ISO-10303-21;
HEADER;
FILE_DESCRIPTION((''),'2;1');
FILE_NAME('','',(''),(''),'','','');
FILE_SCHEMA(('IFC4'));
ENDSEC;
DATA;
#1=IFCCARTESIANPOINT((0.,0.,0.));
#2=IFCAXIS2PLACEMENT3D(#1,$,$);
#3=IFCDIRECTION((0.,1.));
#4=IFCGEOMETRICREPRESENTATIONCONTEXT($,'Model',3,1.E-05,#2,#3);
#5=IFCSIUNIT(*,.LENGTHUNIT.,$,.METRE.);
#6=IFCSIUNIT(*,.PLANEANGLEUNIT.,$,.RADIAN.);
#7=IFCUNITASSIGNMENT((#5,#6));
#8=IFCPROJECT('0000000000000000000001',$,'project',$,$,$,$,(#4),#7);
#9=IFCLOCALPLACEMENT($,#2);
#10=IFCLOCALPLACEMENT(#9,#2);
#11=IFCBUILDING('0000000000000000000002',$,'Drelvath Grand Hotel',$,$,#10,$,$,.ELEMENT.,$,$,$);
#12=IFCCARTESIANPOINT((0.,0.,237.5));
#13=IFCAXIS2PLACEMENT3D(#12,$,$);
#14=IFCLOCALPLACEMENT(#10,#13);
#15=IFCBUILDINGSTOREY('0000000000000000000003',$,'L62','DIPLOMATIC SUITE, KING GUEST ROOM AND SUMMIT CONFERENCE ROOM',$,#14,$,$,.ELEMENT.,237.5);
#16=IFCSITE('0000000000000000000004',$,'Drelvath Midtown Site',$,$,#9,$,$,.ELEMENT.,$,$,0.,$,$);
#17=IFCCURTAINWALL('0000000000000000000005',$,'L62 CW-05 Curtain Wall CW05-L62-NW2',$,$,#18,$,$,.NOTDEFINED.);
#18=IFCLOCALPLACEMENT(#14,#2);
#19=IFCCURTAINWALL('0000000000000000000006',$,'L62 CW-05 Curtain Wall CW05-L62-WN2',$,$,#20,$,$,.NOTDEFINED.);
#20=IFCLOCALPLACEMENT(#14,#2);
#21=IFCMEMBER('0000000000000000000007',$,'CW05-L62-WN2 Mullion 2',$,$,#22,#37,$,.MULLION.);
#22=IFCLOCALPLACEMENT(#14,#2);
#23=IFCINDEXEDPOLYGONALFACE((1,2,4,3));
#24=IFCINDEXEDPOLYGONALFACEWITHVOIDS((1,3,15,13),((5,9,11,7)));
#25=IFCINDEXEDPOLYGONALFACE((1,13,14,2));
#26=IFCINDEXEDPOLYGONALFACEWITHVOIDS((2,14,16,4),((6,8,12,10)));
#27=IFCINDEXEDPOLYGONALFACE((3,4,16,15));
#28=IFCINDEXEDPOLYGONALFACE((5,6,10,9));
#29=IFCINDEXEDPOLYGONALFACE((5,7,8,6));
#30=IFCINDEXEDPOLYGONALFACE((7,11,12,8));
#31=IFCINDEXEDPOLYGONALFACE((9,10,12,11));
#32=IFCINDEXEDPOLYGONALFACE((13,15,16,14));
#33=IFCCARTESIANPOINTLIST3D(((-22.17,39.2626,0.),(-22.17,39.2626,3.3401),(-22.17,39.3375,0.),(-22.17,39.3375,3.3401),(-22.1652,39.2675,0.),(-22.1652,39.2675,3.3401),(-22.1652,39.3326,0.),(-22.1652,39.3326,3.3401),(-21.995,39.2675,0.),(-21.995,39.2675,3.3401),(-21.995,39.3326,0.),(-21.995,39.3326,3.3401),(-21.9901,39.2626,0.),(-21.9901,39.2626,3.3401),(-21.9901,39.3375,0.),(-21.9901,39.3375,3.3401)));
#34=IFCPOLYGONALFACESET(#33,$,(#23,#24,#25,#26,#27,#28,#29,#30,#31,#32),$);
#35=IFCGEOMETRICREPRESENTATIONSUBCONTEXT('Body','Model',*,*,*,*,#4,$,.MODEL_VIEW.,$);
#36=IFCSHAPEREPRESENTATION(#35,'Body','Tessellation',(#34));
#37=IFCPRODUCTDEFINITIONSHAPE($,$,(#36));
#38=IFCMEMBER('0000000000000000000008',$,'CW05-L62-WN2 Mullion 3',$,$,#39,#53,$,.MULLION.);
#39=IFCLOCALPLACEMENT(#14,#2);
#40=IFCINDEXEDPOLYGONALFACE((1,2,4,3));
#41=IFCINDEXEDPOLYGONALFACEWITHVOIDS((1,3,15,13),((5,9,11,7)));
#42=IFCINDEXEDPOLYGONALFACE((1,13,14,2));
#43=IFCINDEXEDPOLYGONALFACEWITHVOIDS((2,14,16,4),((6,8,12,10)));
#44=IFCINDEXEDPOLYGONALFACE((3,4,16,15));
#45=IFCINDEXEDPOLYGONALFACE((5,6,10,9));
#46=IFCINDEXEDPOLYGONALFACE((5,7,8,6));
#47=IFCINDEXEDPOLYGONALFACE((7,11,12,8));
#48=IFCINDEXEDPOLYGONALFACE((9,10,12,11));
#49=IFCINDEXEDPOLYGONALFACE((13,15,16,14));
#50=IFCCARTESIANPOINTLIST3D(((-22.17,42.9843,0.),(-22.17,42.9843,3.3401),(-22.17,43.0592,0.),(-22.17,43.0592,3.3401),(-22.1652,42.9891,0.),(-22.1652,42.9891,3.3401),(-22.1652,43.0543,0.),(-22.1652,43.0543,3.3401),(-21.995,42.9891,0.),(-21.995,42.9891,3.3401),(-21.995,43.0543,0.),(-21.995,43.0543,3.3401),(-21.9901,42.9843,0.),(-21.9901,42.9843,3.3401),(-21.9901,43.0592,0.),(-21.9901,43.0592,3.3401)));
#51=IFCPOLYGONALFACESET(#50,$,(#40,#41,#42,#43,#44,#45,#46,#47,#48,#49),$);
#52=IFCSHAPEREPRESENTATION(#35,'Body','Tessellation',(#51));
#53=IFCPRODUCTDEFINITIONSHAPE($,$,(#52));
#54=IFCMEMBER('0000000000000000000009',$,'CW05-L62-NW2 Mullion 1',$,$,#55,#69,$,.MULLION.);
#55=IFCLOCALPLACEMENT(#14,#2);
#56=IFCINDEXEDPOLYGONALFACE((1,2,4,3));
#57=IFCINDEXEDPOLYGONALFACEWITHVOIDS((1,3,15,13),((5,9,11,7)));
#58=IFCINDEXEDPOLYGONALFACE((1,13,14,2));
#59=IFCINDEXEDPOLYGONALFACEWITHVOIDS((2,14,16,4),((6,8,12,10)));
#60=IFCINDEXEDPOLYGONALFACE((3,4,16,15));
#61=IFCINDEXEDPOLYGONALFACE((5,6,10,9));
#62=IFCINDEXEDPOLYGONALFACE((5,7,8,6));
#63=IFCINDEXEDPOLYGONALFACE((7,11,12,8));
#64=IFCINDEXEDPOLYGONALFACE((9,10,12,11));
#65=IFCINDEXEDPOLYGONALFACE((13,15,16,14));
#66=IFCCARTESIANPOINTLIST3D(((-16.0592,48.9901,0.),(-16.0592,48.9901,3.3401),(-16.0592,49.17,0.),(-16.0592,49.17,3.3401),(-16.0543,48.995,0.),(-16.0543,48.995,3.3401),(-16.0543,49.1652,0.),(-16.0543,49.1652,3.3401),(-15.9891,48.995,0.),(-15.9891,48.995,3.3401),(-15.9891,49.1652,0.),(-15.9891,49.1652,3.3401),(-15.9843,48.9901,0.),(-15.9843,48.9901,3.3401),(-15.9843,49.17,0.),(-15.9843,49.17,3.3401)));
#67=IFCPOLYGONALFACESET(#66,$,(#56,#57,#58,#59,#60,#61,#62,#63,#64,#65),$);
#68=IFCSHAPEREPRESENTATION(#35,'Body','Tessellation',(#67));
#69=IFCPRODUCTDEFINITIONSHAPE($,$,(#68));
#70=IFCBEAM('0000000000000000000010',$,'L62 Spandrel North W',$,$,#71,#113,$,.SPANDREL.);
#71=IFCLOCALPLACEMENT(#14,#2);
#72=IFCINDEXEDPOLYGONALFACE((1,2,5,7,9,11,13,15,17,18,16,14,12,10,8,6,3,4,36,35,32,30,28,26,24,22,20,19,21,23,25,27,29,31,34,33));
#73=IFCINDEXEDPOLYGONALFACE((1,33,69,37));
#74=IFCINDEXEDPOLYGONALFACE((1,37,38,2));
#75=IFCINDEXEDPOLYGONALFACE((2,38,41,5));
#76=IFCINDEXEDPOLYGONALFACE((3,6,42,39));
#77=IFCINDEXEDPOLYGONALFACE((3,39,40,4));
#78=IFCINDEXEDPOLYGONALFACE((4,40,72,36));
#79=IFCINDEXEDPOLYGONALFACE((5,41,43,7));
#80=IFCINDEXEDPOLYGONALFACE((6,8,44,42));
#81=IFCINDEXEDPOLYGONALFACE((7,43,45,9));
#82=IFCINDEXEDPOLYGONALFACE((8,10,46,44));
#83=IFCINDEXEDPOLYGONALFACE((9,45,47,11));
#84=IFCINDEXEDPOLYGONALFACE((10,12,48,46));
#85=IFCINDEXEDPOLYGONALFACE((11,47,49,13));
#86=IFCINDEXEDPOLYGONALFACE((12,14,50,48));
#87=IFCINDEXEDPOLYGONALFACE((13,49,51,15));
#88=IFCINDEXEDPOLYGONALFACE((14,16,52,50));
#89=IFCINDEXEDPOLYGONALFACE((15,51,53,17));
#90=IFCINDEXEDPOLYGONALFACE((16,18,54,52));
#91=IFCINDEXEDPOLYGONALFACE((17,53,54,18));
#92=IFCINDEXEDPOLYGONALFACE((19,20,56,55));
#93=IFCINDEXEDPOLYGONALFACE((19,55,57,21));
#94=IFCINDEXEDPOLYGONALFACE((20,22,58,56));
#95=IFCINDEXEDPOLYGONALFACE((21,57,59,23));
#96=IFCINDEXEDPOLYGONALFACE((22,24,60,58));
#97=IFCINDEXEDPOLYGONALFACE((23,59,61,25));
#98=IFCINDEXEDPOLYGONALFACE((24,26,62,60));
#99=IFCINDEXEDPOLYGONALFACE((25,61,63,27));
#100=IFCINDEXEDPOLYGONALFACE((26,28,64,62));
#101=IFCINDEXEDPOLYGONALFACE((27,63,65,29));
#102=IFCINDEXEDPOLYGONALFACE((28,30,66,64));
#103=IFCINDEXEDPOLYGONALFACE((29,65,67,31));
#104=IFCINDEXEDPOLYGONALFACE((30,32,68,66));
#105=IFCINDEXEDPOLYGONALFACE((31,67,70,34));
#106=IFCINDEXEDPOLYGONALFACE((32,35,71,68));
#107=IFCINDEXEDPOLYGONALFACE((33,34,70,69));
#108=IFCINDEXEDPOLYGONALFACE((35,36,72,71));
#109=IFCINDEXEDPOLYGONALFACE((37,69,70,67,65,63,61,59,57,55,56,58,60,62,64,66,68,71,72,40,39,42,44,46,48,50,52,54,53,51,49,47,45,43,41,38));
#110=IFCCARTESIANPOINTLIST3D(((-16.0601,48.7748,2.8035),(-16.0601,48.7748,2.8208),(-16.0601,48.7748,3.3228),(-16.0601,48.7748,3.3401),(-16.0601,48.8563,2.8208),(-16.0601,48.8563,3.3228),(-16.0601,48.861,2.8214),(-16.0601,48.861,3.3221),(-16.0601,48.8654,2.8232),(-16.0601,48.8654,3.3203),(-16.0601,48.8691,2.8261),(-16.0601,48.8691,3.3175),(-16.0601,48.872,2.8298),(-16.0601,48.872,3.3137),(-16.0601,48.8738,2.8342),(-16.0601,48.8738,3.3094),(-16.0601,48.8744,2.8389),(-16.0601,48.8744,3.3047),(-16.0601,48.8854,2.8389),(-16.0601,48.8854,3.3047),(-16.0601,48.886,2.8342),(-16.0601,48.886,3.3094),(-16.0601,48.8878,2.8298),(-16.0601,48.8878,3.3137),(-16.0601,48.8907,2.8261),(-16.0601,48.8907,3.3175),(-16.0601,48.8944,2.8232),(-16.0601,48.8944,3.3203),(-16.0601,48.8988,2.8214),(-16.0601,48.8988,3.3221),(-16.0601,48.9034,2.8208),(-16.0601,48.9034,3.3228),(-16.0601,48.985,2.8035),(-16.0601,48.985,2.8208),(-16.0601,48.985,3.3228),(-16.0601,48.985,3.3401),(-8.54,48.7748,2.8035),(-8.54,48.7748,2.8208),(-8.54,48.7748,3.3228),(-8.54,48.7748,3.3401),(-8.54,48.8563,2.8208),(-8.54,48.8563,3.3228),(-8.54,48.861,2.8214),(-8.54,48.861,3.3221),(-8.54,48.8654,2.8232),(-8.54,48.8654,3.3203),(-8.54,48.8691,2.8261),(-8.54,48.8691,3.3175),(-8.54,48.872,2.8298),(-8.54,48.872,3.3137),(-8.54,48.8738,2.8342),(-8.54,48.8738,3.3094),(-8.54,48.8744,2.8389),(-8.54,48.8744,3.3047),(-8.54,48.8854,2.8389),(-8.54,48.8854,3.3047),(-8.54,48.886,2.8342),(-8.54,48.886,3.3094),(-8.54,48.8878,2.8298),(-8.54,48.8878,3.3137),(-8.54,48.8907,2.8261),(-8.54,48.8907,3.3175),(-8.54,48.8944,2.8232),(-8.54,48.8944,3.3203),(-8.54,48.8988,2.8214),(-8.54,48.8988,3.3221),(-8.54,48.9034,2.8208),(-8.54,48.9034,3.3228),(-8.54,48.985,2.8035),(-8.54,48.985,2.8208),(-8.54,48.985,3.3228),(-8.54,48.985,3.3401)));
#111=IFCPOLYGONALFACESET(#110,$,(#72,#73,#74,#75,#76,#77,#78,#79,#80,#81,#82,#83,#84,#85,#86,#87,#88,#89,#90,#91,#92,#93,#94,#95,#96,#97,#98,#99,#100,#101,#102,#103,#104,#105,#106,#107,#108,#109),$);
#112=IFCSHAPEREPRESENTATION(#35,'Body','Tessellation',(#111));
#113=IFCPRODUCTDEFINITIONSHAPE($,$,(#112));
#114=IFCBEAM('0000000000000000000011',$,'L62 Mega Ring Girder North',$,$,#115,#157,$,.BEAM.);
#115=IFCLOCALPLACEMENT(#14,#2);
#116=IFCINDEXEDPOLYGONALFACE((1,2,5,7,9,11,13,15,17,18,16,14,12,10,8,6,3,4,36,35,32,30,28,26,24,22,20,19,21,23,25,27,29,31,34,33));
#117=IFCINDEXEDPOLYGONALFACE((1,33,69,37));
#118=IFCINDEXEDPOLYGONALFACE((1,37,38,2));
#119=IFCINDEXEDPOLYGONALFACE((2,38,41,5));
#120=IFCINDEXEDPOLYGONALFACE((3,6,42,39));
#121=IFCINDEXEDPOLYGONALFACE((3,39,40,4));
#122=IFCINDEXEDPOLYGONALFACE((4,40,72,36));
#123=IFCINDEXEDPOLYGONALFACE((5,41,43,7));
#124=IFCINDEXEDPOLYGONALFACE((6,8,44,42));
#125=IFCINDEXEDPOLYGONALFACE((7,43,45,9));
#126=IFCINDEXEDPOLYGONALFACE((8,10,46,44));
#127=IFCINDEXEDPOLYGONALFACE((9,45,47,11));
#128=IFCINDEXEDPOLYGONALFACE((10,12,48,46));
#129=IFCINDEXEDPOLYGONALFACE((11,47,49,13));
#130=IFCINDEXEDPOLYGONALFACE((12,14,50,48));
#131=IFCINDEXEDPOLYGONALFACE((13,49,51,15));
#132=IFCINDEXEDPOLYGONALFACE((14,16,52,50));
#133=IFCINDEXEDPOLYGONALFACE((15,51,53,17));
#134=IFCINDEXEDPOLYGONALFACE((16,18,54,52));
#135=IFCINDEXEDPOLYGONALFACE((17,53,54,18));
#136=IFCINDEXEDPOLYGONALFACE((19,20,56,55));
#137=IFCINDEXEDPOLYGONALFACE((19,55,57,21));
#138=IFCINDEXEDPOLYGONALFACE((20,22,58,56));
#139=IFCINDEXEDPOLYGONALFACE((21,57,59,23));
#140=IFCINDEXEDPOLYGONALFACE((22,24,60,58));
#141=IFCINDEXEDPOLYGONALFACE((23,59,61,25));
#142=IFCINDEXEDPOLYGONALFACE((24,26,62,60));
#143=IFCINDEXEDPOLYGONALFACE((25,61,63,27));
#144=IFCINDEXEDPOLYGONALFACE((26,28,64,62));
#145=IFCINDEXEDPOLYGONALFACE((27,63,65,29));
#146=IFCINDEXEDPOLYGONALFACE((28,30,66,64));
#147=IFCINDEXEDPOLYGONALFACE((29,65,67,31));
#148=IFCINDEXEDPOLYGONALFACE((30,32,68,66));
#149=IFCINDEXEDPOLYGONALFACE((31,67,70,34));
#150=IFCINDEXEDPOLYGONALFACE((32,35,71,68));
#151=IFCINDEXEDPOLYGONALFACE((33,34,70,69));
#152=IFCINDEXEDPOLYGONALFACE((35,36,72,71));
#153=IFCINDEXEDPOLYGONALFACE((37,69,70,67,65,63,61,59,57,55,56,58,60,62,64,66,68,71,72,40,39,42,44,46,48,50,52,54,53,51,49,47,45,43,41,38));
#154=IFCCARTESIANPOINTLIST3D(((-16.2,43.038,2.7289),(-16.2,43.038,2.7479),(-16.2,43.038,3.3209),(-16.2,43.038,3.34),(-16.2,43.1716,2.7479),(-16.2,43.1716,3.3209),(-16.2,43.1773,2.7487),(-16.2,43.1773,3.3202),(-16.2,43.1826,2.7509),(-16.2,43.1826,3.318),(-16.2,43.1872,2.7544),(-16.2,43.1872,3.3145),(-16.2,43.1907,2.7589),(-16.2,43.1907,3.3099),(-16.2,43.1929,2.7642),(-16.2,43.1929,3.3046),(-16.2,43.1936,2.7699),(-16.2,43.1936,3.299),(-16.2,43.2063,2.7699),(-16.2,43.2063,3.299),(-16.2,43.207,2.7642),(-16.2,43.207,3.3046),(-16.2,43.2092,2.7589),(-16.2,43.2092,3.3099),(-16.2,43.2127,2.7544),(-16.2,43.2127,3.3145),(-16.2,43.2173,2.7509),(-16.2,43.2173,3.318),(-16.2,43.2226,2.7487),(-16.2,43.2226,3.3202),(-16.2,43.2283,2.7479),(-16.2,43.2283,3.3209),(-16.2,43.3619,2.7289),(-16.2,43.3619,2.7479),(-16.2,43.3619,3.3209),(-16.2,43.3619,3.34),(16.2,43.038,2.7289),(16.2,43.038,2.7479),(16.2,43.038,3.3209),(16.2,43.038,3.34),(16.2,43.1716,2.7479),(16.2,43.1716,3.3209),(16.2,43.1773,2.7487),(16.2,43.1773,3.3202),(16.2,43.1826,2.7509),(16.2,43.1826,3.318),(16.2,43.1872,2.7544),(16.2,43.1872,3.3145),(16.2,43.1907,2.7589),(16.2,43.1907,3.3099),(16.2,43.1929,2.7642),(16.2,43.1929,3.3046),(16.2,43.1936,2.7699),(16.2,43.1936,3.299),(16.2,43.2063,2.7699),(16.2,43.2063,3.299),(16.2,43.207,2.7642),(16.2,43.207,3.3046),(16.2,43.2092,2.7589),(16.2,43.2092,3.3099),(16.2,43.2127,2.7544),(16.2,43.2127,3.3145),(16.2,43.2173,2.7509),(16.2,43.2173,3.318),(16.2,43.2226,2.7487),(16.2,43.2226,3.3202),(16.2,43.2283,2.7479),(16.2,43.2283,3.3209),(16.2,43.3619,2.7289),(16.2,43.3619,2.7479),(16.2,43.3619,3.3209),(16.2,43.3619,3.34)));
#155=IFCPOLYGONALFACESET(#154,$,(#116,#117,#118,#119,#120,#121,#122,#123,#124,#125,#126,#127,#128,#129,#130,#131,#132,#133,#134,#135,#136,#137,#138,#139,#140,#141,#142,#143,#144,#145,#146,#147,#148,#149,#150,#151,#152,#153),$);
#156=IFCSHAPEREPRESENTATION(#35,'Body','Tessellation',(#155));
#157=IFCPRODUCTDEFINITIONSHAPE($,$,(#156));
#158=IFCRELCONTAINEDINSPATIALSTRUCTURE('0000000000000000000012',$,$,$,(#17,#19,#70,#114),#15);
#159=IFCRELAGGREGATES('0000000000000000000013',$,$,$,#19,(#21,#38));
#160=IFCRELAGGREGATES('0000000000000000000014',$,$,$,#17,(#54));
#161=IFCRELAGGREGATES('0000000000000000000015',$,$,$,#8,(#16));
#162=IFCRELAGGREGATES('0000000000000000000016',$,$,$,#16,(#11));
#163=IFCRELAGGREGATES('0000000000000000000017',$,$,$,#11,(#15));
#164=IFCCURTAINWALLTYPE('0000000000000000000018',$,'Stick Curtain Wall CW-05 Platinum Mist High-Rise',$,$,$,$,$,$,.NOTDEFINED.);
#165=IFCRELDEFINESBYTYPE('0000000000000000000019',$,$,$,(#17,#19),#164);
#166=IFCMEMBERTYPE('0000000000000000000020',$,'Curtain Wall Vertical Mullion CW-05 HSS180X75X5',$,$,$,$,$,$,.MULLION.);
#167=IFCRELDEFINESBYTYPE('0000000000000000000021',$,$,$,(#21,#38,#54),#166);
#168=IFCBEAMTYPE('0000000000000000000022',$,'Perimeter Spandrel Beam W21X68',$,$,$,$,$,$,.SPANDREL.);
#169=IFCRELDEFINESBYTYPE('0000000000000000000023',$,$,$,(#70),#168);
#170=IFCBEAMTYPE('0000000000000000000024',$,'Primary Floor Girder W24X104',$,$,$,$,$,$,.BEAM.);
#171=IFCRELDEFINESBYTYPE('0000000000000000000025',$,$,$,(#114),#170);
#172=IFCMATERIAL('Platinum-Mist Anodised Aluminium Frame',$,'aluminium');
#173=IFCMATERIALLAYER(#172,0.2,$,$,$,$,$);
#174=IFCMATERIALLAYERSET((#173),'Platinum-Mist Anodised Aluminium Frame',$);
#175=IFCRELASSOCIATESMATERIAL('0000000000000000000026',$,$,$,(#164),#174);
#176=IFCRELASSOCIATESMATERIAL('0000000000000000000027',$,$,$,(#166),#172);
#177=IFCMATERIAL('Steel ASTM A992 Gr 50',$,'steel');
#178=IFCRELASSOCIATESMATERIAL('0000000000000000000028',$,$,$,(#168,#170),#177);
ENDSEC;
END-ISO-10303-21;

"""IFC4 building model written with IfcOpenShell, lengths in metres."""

from ifc_helpers import new_model, si_unit, direction, frame, origin, origin_2d, place, context, subcontext, project, spatial, hollow_rectangle, i_section, extrude, material, layer, layer_set, material_profile, profile_set, type_object, element, aggregate, save


model = new_model("IFC4")

# Units and contexts
model_context = context("Model", 3, precision=1e-05, world=origin(), true_north=direction((0.0, 1.0)))
body_context = subcontext(model_context, "Body", "Model", "MODEL_VIEW")
ifc_project = project(units=[si_unit("LENGTHUNIT", "METRE"), si_unit("PLANEANGLEUNIT", "RADIAN")], contexts=[model_context])

# Site, building, storey
site_placement = place(None, origin())
site = spatial("IfcSite", under=ifc_project, at=site_placement, Name="Drelvath Midtown Site", CompositionType="ELEMENT", RefElevation=0.0)
building_placement = place(site_placement, origin())
building = spatial("IfcBuilding", under=site, at=building_placement, Name="Drelvath Grand Hotel", CompositionType="ELEMENT")
storey_placement = place(building_placement, frame((0.0, 0.0, 237.5)))
storey = spatial("IfcBuildingStorey", under=building, at=storey_placement, Name="L62", Description="DIPLOMATIC SUITE, KING GUEST ROOM AND SUMMIT CONFERENCE ROOM", CompositionType="ELEMENT", Elevation=237.5)

# Shared definitions
ifc_material_1 = material(Name="Steel ASTM A992 Gr 50", Category="steel")

# Curtain wall
ifc_material_2 = material(Name="Platinum-Mist Anodised Aluminium Frame", Category="aluminium")
ifc_layer_1 = layer(ifc_material_2, 0.2)
ifc_layer_set_1 = layer_set([ifc_layer_1], Name="Platinum-Mist Anodised Aluminium Frame")
curtain_wall_type = type_object("IfcCurtainWallType", Name="Stick Curtain Wall CW-05 Platinum Mist High-Rise", PredefinedType="NOTDEFINED", material=ifc_layer_set_1)
curtain_wall_1_placement = place(storey_placement, origin())
curtain_wall_1 = element("IfcCurtainWall", 1, at=curtain_wall_1_placement, inside=storey, type_object=curtain_wall_type, Name="L62 CW-05 Curtain Wall CW05-L62-NW2", PredefinedType="NOTDEFINED")

# Curtain wall, members
curtain_wall_2_placement = place(storey_placement, origin())
curtain_wall_2 = element("IfcCurtainWall", 2, at=curtain_wall_2_placement, inside=storey, type_object=curtain_wall_type, Name="L62 CW-05 Curtain Wall CW05-L62-WN2", PredefinedType="NOTDEFINED")
ifc_material_profile_1 = material_profile(ifc_material_2, hollow_rectangle(XDim=0.075, YDim=0.1799, WallThickness=0.0049, at=origin_2d()), Name="HSS180X75X5")
ifc_profile_set_1 = profile_set([ifc_material_profile_1], Name="Platinum-Mist Anodised Aluminium Frame")
member_type_1 = type_object("IfcMemberType", Name="Curtain Wall Vertical Mullion CW-05 HSS180X75X5", PredefinedType="MULLION", material=ifc_profile_set_1)
member_1_placement = place(storey_placement, frame((-22.0801, 39.3, 0.0), z_axis=(0.0, 0.0, 1.0), x_axis=(0.0, 1.0, 0.0)))
member_1 = element("IfcMember", 3, at=member_1_placement, type_object=member_type_1, Name="CW05-L62-WN2 Mullion 2", PredefinedType="MULLION", context=body_context, shape_type="SweptSolid", body=[
    extrude(hollow_rectangle(XDim=0.075, YDim=0.1799, WallThickness=0.0049, at=origin_2d()), origin(), (0.0, 0.0, 1.0), 3.3401),
])
member_2_placement = place(storey_placement, frame((-22.0801, 43.0217, 0.0), z_axis=(0.0, 0.0, 1.0), x_axis=(0.0, 1.0, 0.0)))
member_2 = element("IfcMember", 4, at=member_2_placement, type_object=member_type_1, Name="CW05-L62-WN2 Mullion 3", PredefinedType="MULLION", context=body_context, shape_type="SweptSolid", body=[
    extrude(hollow_rectangle(XDim=0.075, YDim=0.1799, WallThickness=0.0049, at=origin_2d()), origin(), (0.0, 0.0, 1.0), 3.3401),
])

# Member
member_3_placement = place(storey_placement, frame((-16.0217, 49.0801, 0.0), z_axis=(0.0, 0.0, 1.0), x_axis=(1.0, 0.0, 0.0)))
member_3 = element("IfcMember", 5, at=member_3_placement, type_object=member_type_1, Name="CW05-L62-NW2 Mullion 1", PredefinedType="MULLION", context=body_context, shape_type="SweptSolid", body=[
    extrude(hollow_rectangle(XDim=0.075, YDim=0.1799, WallThickness=0.0049, at=origin_2d()), origin(), (0.0, 0.0, 1.0), 3.3401),
])

# Beams
ifc_material_profile_2 = material_profile(ifc_material_1, i_section(OverallWidth=0.2102, OverallDepth=0.5366, WebThickness=0.011, FlangeThickness=0.0173, FilletRadius=0.0181, at=origin_2d()), Name="W21X68")
ifc_profile_set_2 = profile_set([ifc_material_profile_2], Name="Steel ASTM A992 Gr 50")
beam_type_1 = type_object("IfcBeamType", Name="Perimeter Spandrel Beam W21X68", PredefinedType="SPANDREL", material=ifc_profile_set_2)
beam_1_placement = place(storey_placement, frame((-16.0601, 48.8799, 3.0718), z_axis=(1.0, 0.0, 0.0), x_axis=(0.0, 1.0, 0.0)))
element("IfcBeam", 6, at=beam_1_placement, inside=storey, type_object=beam_type_1, Name="L62 Spandrel North W", PredefinedType="SPANDREL", context=body_context, shape_type="SweptSolid", body=[
    extrude(i_section(OverallWidth=0.2102, OverallDepth=0.5366, WebThickness=0.011, FlangeThickness=0.0173, FilletRadius=0.0181, at=origin_2d()), origin(), (0.0, 0.0, 1.0), 7.52),
])
ifc_material_profile_3 = material_profile(ifc_material_1, i_section(OverallWidth=0.324, OverallDepth=0.6111, WebThickness=0.0127, FlangeThickness=0.019, FilletRadius=0.022, at=origin_2d()), Name="W24X104")
ifc_profile_set_3 = profile_set([ifc_material_profile_3], Name="Steel ASTM A992 Gr 50")
beam_type_2 = type_object("IfcBeamType", Name="Primary Floor Girder W24X104", PredefinedType="BEAM", material=ifc_profile_set_3)
beam_2_placement = place(storey_placement, frame((-16.2, 43.2, 3.0344), z_axis=(1.0, 0.0, 0.0), x_axis=(0.0, 1.0, 0.0)))
element("IfcBeam", 7, at=beam_2_placement, inside=storey, type_object=beam_type_2, Name="L62 Mega Ring Girder North", PredefinedType="BEAM", context=body_context, shape_type="SweptSolid", body=[
    extrude(i_section(OverallWidth=0.324, OverallDepth=0.6111, WebThickness=0.0127, FlangeThickness=0.019, FilletRadius=0.022, at=origin_2d()), origin(), (0.0, 0.0, 1.0), 32.3999),
])

aggregate(curtain_wall_2, [member_1, member_2])
aggregate(curtain_wall_1, [member_3])

save(model, "model.ifc")
